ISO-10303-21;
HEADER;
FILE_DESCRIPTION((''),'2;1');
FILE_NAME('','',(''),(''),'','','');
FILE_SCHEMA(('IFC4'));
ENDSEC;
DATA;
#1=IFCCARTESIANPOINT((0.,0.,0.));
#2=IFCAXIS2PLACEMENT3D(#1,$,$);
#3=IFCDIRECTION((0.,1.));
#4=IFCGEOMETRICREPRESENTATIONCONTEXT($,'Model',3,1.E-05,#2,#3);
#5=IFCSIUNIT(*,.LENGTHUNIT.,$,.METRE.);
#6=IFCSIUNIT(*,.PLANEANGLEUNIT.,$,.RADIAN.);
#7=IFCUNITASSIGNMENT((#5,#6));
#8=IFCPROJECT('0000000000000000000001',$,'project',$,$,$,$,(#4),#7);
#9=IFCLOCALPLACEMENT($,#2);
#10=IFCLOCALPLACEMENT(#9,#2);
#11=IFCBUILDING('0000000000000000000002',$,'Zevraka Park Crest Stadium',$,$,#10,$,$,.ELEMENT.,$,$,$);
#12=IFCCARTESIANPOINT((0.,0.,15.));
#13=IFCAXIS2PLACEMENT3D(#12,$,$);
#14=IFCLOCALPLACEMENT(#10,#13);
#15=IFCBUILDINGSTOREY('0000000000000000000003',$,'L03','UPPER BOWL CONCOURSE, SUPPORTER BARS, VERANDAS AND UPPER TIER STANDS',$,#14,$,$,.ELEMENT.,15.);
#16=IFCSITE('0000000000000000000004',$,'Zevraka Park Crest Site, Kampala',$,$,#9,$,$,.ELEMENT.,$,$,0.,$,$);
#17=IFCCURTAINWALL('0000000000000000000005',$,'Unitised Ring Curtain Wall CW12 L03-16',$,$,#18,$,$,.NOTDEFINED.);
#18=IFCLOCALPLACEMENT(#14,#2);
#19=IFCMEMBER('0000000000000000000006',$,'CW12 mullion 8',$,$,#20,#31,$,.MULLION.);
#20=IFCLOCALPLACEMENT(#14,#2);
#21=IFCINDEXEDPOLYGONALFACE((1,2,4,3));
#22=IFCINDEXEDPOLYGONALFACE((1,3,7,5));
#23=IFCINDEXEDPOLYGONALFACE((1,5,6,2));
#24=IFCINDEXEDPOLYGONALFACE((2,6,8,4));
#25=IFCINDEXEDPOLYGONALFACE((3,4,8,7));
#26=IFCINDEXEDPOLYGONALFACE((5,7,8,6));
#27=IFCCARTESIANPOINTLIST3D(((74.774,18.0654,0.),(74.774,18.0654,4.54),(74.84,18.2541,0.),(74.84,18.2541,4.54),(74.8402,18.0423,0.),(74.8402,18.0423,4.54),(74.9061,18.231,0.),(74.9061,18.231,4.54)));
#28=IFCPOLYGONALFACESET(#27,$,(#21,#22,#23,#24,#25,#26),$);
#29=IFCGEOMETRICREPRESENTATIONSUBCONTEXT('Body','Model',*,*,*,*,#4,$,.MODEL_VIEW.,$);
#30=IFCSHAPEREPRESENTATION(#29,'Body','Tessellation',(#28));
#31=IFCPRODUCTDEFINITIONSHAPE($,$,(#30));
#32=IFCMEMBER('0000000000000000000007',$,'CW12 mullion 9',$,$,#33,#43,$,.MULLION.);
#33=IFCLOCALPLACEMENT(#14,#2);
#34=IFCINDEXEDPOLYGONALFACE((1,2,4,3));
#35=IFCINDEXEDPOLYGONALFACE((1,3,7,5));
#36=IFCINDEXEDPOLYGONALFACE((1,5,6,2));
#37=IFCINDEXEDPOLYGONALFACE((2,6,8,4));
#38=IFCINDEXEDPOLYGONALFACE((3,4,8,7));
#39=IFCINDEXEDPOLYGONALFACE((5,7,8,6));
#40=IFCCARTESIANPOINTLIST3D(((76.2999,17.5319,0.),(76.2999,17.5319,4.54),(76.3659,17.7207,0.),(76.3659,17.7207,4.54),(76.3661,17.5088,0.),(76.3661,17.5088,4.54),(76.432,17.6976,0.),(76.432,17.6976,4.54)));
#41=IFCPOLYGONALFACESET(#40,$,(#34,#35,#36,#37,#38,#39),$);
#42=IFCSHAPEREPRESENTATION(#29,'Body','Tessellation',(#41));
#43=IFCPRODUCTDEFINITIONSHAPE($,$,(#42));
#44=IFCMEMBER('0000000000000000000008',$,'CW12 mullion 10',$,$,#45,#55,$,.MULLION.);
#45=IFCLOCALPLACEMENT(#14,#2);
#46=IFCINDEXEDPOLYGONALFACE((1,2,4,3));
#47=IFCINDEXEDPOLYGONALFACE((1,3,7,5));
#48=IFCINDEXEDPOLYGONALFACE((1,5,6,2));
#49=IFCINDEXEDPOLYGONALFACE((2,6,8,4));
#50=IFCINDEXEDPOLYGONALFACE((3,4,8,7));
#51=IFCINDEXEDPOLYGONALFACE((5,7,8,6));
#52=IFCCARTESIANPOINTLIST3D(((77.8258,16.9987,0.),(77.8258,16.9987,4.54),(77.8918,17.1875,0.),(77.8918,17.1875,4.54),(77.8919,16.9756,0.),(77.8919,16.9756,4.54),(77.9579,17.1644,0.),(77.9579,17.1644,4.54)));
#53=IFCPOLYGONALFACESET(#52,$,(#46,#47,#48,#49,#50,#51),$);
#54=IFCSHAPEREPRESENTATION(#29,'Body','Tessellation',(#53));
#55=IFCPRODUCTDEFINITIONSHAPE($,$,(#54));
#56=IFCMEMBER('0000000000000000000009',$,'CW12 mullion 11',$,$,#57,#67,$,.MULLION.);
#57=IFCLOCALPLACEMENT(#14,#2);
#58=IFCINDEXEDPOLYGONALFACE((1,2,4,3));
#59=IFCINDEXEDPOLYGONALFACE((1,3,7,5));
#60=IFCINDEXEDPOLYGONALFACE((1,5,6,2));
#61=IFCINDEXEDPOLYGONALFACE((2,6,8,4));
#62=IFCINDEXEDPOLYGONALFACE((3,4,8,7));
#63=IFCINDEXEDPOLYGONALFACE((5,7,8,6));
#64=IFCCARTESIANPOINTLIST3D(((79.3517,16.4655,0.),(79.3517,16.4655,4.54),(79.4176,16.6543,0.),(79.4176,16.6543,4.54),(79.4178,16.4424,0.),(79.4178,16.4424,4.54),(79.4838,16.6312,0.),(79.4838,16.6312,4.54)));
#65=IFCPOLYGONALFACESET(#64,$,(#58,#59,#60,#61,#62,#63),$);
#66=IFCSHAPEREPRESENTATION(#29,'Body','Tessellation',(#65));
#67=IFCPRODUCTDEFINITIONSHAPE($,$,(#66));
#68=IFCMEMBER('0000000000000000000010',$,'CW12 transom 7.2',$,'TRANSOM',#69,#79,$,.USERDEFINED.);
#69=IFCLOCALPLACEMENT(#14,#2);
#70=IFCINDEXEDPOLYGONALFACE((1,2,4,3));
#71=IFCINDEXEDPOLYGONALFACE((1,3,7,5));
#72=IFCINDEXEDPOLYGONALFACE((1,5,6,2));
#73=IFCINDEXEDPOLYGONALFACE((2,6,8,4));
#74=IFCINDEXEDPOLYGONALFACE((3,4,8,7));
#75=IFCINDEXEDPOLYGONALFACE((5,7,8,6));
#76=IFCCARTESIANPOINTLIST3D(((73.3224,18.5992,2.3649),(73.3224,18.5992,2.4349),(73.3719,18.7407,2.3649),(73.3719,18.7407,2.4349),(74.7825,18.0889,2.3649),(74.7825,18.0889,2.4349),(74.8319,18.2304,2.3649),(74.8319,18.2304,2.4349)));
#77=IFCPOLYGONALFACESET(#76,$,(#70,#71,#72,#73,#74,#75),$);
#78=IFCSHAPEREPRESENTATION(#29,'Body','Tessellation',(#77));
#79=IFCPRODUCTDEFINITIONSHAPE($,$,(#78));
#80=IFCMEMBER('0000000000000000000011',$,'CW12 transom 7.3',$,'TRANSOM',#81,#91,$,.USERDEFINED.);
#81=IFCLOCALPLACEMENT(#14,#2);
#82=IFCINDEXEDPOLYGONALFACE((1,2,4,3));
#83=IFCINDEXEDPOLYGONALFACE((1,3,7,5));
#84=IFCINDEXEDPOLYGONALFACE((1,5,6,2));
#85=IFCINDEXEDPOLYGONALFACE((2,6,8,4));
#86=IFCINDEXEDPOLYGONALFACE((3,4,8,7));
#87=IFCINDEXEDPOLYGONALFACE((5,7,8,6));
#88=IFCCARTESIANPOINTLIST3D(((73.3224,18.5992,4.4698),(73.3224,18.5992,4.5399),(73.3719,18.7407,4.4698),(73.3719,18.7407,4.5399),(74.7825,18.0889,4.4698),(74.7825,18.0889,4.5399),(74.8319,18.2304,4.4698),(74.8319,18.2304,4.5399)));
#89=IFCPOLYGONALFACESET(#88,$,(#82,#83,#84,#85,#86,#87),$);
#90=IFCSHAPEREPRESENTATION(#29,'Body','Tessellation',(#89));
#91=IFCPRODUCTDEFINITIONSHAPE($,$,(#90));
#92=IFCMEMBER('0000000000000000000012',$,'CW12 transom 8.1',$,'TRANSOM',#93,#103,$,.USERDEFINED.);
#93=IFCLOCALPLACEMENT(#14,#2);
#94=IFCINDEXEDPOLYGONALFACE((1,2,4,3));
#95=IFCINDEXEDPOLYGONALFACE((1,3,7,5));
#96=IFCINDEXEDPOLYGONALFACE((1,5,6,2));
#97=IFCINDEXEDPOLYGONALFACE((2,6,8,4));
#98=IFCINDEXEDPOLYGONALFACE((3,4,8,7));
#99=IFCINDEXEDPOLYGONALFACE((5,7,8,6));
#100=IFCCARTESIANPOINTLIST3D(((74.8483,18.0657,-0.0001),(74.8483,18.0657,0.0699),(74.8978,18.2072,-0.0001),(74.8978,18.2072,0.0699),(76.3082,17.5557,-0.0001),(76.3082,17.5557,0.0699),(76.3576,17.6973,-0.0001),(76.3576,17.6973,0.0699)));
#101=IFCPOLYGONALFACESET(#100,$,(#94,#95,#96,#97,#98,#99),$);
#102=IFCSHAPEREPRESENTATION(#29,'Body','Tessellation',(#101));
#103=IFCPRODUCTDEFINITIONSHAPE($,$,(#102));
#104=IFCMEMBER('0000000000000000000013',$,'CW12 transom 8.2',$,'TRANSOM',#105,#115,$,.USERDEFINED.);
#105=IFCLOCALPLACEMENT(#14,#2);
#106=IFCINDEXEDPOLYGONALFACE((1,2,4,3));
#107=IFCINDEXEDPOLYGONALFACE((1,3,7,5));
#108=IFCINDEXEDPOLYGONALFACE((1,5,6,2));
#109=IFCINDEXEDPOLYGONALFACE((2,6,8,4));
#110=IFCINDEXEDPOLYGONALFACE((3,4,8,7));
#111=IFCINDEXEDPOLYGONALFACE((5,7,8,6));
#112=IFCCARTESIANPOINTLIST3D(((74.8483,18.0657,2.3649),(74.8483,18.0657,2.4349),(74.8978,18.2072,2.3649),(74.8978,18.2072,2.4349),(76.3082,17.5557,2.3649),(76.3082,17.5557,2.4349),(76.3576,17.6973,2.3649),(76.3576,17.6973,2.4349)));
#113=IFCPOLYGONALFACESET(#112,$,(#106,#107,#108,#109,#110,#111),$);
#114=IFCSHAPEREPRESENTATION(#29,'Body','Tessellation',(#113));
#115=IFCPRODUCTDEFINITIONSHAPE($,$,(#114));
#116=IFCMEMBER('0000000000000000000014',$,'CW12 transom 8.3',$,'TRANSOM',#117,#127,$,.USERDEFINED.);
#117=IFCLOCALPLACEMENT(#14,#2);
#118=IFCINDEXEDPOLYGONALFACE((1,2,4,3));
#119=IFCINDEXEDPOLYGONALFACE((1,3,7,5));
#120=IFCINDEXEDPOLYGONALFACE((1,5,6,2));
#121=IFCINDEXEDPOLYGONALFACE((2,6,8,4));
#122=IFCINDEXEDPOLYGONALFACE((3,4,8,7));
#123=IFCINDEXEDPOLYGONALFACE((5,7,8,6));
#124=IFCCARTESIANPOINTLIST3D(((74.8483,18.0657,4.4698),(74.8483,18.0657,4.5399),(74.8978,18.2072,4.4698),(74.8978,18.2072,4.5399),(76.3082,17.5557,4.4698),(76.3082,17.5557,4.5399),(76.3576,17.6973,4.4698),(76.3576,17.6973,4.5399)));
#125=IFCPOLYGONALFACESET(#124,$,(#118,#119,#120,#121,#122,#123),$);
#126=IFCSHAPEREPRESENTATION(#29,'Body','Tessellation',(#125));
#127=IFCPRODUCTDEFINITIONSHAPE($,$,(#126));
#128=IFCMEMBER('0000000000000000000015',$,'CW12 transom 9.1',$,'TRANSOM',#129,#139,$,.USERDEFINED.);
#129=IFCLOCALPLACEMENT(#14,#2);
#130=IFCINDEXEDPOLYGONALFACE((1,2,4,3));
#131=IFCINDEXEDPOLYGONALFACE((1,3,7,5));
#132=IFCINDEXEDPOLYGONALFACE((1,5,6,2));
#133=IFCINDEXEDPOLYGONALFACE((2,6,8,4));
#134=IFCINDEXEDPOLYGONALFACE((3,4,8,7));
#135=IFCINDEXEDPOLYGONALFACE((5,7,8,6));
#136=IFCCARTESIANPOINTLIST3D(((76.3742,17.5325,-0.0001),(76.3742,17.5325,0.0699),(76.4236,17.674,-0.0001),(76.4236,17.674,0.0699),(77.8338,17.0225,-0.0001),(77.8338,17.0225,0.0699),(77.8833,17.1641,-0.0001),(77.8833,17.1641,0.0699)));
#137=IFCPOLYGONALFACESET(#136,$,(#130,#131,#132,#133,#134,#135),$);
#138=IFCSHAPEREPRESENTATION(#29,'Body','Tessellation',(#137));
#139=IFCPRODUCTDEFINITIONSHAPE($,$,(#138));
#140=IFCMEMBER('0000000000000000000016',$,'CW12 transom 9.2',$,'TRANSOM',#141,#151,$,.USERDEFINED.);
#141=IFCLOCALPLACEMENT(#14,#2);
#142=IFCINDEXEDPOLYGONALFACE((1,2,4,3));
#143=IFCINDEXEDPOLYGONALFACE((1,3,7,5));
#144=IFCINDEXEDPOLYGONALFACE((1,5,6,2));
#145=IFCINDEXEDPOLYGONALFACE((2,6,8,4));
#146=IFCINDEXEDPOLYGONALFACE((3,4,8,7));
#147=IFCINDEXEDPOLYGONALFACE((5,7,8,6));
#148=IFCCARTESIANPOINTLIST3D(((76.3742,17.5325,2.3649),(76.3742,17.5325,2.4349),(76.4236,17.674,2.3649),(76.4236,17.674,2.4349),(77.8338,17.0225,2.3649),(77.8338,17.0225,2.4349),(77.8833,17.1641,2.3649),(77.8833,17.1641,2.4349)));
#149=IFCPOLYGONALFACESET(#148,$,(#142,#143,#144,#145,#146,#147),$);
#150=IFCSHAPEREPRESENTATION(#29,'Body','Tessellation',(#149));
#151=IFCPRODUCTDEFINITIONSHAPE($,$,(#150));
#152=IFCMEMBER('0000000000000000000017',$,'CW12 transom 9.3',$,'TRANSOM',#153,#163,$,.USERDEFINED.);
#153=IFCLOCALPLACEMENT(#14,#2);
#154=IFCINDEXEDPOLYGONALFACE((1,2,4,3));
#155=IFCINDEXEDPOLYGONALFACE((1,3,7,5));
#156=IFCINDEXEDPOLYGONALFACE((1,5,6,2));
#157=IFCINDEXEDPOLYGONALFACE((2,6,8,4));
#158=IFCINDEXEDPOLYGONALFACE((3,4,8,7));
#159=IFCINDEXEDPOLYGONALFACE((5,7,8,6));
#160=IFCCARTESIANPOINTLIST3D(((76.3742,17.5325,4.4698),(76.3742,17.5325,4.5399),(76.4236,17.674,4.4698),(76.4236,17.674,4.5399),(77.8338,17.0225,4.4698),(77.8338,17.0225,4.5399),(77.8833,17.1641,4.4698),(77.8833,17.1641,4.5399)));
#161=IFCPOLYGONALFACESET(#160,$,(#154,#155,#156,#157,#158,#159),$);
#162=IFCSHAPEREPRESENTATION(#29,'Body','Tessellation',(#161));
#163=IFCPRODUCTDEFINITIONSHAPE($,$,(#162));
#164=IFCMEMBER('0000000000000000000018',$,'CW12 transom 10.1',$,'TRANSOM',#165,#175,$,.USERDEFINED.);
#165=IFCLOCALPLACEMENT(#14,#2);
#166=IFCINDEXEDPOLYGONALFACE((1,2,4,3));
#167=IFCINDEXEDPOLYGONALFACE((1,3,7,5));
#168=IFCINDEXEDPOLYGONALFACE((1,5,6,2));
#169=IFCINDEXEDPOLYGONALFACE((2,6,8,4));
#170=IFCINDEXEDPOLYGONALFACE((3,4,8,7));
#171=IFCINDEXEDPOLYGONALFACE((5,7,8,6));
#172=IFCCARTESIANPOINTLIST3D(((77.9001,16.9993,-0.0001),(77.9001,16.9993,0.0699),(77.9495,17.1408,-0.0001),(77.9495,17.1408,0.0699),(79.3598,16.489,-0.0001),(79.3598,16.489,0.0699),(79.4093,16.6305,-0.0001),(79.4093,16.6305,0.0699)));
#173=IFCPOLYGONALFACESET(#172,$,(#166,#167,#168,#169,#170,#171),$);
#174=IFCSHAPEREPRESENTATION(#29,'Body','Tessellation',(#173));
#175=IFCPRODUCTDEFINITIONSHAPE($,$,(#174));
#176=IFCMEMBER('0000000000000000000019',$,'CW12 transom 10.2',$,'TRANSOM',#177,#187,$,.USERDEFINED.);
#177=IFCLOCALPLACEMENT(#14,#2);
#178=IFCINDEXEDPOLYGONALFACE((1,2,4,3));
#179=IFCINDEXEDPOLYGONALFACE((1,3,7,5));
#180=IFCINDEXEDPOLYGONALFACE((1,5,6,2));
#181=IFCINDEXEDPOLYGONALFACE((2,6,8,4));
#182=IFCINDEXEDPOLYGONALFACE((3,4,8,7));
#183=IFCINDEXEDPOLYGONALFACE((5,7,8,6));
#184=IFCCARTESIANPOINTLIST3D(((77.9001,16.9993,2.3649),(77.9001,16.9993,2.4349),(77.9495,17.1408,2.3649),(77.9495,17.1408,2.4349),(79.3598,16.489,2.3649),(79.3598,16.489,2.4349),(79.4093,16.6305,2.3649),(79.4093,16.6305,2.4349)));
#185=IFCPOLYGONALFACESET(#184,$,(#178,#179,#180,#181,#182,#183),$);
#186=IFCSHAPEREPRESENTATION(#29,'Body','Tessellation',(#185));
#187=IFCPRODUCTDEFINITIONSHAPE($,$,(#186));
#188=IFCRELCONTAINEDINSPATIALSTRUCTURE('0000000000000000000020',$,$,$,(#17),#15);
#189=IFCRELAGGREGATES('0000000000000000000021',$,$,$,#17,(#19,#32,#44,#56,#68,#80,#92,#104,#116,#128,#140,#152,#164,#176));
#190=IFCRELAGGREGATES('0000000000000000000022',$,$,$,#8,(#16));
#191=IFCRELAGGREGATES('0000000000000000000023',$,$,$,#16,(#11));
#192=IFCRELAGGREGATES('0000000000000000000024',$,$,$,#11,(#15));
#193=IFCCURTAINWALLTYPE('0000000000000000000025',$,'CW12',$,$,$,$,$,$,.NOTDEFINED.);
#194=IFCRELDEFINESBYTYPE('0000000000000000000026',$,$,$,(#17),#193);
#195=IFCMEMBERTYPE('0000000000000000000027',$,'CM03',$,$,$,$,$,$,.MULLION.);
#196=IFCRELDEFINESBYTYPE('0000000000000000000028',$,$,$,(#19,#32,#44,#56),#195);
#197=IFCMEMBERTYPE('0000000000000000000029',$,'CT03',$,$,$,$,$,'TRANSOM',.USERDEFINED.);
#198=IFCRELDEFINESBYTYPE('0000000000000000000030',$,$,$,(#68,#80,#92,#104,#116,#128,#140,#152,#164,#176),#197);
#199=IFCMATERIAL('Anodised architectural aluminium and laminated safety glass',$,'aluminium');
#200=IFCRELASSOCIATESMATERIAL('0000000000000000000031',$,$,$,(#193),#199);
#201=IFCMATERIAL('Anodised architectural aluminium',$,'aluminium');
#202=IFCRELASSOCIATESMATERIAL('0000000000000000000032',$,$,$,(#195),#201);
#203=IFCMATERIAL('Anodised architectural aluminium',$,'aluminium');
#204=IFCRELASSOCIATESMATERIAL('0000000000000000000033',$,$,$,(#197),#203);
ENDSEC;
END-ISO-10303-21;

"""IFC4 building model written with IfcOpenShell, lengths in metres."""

from ifc_helpers import new_model, si_unit, direction, frame, origin, origin_2d, place, context, subcontext, project, spatial, rectangle, extrude, material, material_profile, profile_set, type_object, element, aggregate, save


model = new_model("IFC4")

# Units and contexts
model_context = context("Model", 3, precision=1e-05, world=origin(), true_north=direction((0.0, 1.0)))
body_context = subcontext(model_context, "Body", "Model", "MODEL_VIEW")
ifc_project = project(units=[si_unit("LENGTHUNIT", "METRE"), si_unit("PLANEANGLEUNIT", "RADIAN")], contexts=[model_context])

# Site, building, storey
site_placement = place(None, origin())
site = spatial("IfcSite", under=ifc_project, at=site_placement, Name="Zevraka Park Crest Site, Kampala", CompositionType="ELEMENT", RefElevation=0.0)
building_placement = place(site_placement, origin())
building = spatial("IfcBuilding", under=site, at=building_placement, Name="Zevraka Park Crest Stadium", CompositionType="ELEMENT")
storey_placement = place(building_placement, frame((0.0, 0.0, 15.0)))
storey = spatial("IfcBuildingStorey", under=building, at=storey_placement, Name="L03", Description="UPPER BOWL CONCOURSE, SUPPORTER BARS, VERANDAS AND UPPER TIER STANDS", CompositionType="ELEMENT", Elevation=15.0)

# Curtain wall, members
ifc_material_1 = material(Name="Anodised architectural aluminium and laminated safety glass", Category="aluminium")
curtain_wall_type = type_object("IfcCurtainWallType", Name="CW12", PredefinedType="NOTDEFINED", material=ifc_material_1)
curtain_wall_placement = place(storey_placement, origin())
curtain_wall = element("IfcCurtainWall", 1, at=curtain_wall_placement, inside=storey, type_object=curtain_wall_type, Name="Unitised Ring Curtain Wall CW12 L03-16", PredefinedType="NOTDEFINED")
ifc_material_2 = material(Name="Anodised architectural aluminium", Category="aluminium")
ifc_material_profile_1 = material_profile(ifc_material_2, rectangle(XDim=0.2, YDim=0.0701, at=origin_2d()), Name="ALU MULLION 200x70")
ifc_profile_set_1 = profile_set([ifc_material_profile_1], Name="Anodised architectural aluminium")
member_type_1 = type_object("IfcMemberType", Name="CM03", PredefinedType="MULLION", material=ifc_profile_set_1)
member_1_placement = place(storey_placement, frame((74.8401, 18.1482, 0.0), z_axis=(0.0, 0.0, 1.0), x_axis=(0.329917, 0.94401, 0.0)))
member_1 = element("IfcMember", 2, at=member_1_placement, type_object=member_type_1, Name="CW12 mullion 8", PredefinedType="MULLION", context=body_context, shape_type="SweptSolid", body=[
    extrude(rectangle(XDim=0.2, YDim=0.0701, at=origin_2d()), origin(), (0.0, 0.0, 1.0), 4.54),
])
member_2_placement = place(storey_placement, frame((76.366, 17.6147, 0.0), z_axis=(0.0, 0.0, 1.0), x_axis=(0.329917, 0.94401, 0.0)))
member_2 = element("IfcMember", 3, at=member_2_placement, type_object=member_type_1, Name="CW12 mullion 9", PredefinedType="MULLION", context=body_context, shape_type="SweptSolid", body=[
    extrude(rectangle(XDim=0.2, YDim=0.0701, at=origin_2d()), origin(), (0.0, 0.0, 1.0), 4.54),
])
member_3_placement = place(storey_placement, frame((77.8918, 17.0815, 0.0), z_axis=(0.0, 0.0, 1.0), x_axis=(0.329917, 0.94401, 0.0)))
member_3 = element("IfcMember", 4, at=member_3_placement, type_object=member_type_1, Name="CW12 mullion 10", PredefinedType="MULLION", context=body_context, shape_type="SweptSolid", body=[
    extrude(rectangle(XDim=0.2, YDim=0.0701, at=origin_2d()), origin(), (0.0, 0.0, 1.0), 4.54),
])
member_4_placement = place(storey_placement, frame((79.4177, 16.5483, 0.0), z_axis=(0.0, 0.0, 1.0), x_axis=(0.329917, 0.94401, 0.0)))
member_4 = element("IfcMember", 5, at=member_4_placement, type_object=member_type_1, Name="CW12 mullion 11", PredefinedType="MULLION", context=body_context, shape_type="SweptSolid", body=[
    extrude(rectangle(XDim=0.2, YDim=0.0701, at=origin_2d()), origin(), (0.0, 0.0, 1.0), 4.54),
])
ifc_material_3 = material(Name="Anodised architectural aluminium", Category="aluminium")
ifc_material_profile_2 = material_profile(ifc_material_3, rectangle(XDim=0.1499, YDim=0.0701, at=origin_2d()), Name="ALU TRANSOM 150x70")
ifc_profile_set_2 = profile_set([ifc_material_profile_2], Name="Anodised architectural aluminium")
member_type_2 = type_object("IfcMemberType", Name="CT03", ElementType="TRANSOM", PredefinedType="USERDEFINED", material=ifc_profile_set_2)
member_5_placement = place(storey_placement, frame((73.3472, 18.6699, 2.3999), z_axis=(0.944006, -0.329928, 0.0), x_axis=(0.329928, 0.944006, 0.0)))
member_5 = element("IfcMember", 6, at=member_5_placement, type_object=member_type_2, Name="CW12 transom 7.2", ObjectType="TRANSOM", PredefinedType="USERDEFINED", context=body_context, shape_type="SweptSolid", body=[
    extrude(rectangle(XDim=0.1499, YDim=0.0701, at=origin_2d()), origin(), (0.0, 0.0, 1.0), 1.5466),
])
member_6_placement = place(storey_placement, frame((73.3472, 18.6699, 4.5049), z_axis=(0.944006, -0.329928, 0.0), x_axis=(0.329928, 0.944006, 0.0)))
member_6 = element("IfcMember", 7, at=member_6_placement, type_object=member_type_2, Name="CW12 transom 7.3", ObjectType="TRANSOM", PredefinedType="USERDEFINED", context=body_context, shape_type="SweptSolid", body=[
    extrude(rectangle(XDim=0.1499, YDim=0.0701, at=origin_2d()), origin(), (0.0, 0.0, 1.0), 1.5466),
])
member_7_placement = place(storey_placement, frame((74.873, 18.1365, 0.0349), z_axis=(0.944055, -0.329788, 0.0), x_axis=(0.329788, 0.944055, 0.0)))
member_7 = element("IfcMember", 8, at=member_7_placement, type_object=member_type_2, Name="CW12 transom 8.1", ObjectType="TRANSOM", PredefinedType="USERDEFINED", context=body_context, shape_type="SweptSolid", body=[
    extrude(rectangle(XDim=0.1499, YDim=0.0701, at=origin_2d()), origin(), (0.0, 0.0, 1.0), 1.5464),
])
member_8_placement = place(storey_placement, frame((74.873, 18.1365, 2.3999), z_axis=(0.944055, -0.329788, 0.0), x_axis=(0.329788, 0.944055, 0.0)))
member_8 = element("IfcMember", 9, at=member_8_placement, type_object=member_type_2, Name="CW12 transom 8.2", ObjectType="TRANSOM", PredefinedType="USERDEFINED", context=body_context, shape_type="SweptSolid", body=[
    extrude(rectangle(XDim=0.1499, YDim=0.0701, at=origin_2d()), origin(), (0.0, 0.0, 1.0), 1.5464),
])
member_9_placement = place(storey_placement, frame((74.873, 18.1365, 4.5049), z_axis=(0.944055, -0.329788, 0.0), x_axis=(0.329788, 0.944055, 0.0)))
member_9 = element("IfcMember", 10, at=member_9_placement, type_object=member_type_2, Name="CW12 transom 8.3", ObjectType="TRANSOM", PredefinedType="USERDEFINED", context=body_context, shape_type="SweptSolid", body=[
    extrude(rectangle(XDim=0.1499, YDim=0.0701, at=origin_2d()), origin(), (0.0, 0.0, 1.0), 1.5464),
])
member_10_placement = place(storey_placement, frame((76.3989, 17.6033, 0.0349), z_axis=(0.944038, -0.329837, 0.0), x_axis=(0.329837, 0.944038, 0.0)))
member_10 = element("IfcMember", 11, at=member_10_placement, type_object=member_type_2, Name="CW12 transom 9.1", ObjectType="TRANSOM", PredefinedType="USERDEFINED", context=body_context, shape_type="SweptSolid", body=[
    extrude(rectangle(XDim=0.1499, YDim=0.0701, at=origin_2d()), origin(), (0.0, 0.0, 1.0), 1.5461),
])
member_11_placement = place(storey_placement, frame((76.3989, 17.6033, 2.3999), z_axis=(0.944038, -0.329837, 0.0), x_axis=(0.329837, 0.944038, 0.0)))
member_11 = element("IfcMember", 12, at=member_11_placement, type_object=member_type_2, Name="CW12 transom 9.2", ObjectType="TRANSOM", PredefinedType="USERDEFINED", context=body_context, shape_type="SweptSolid", body=[
    extrude(rectangle(XDim=0.1499, YDim=0.0701, at=origin_2d()), origin(), (0.0, 0.0, 1.0), 1.5461),
])
member_12_placement = place(storey_placement, frame((76.3989, 17.6033, 4.5049), z_axis=(0.944038, -0.329837, 0.0), x_axis=(0.329837, 0.944038, 0.0)))
member_12 = element("IfcMember", 13, at=member_12_placement, type_object=member_type_2, Name="CW12 transom 9.3", ObjectType="TRANSOM", PredefinedType="USERDEFINED", context=body_context, shape_type="SweptSolid", body=[
    extrude(rectangle(XDim=0.1499, YDim=0.0701, at=origin_2d()), origin(), (0.0, 0.0, 1.0), 1.5461),
])
member_13_placement = place(storey_placement, frame((77.9248, 17.0701, 0.0349), z_axis=(0.943989, -0.329978, 0.0), x_axis=(0.329978, 0.943989, 0.0)))
member_13 = element("IfcMember", 14, at=member_13_placement, type_object=member_type_2, Name="CW12 transom 10.1", ObjectType="TRANSOM", PredefinedType="USERDEFINED", context=body_context, shape_type="SweptSolid", body=[
    extrude(rectangle(XDim=0.1499, YDim=0.0701, at=origin_2d()), origin(), (0.0, 0.0, 1.0), 1.5464),
])
member_14_placement = place(storey_placement, frame((77.9248, 17.0701, 2.3999), z_axis=(0.943989, -0.329978, 0.0), x_axis=(0.329978, 0.943989, 0.0)))
member_14 = element("IfcMember", 15, at=member_14_placement, type_object=member_type_2, Name="CW12 transom 10.2", ObjectType="TRANSOM", PredefinedType="USERDEFINED", context=body_context, shape_type="SweptSolid", body=[
    extrude(rectangle(XDim=0.1499, YDim=0.0701, at=origin_2d()), origin(), (0.0, 0.0, 1.0), 1.5464),
])

aggregate(curtain_wall, [member_1, member_2, member_3, member_4, member_5, member_6, member_7, member_8, member_9, member_10, member_11, member_12, member_13, member_14])

save(model, "model.ifc")
